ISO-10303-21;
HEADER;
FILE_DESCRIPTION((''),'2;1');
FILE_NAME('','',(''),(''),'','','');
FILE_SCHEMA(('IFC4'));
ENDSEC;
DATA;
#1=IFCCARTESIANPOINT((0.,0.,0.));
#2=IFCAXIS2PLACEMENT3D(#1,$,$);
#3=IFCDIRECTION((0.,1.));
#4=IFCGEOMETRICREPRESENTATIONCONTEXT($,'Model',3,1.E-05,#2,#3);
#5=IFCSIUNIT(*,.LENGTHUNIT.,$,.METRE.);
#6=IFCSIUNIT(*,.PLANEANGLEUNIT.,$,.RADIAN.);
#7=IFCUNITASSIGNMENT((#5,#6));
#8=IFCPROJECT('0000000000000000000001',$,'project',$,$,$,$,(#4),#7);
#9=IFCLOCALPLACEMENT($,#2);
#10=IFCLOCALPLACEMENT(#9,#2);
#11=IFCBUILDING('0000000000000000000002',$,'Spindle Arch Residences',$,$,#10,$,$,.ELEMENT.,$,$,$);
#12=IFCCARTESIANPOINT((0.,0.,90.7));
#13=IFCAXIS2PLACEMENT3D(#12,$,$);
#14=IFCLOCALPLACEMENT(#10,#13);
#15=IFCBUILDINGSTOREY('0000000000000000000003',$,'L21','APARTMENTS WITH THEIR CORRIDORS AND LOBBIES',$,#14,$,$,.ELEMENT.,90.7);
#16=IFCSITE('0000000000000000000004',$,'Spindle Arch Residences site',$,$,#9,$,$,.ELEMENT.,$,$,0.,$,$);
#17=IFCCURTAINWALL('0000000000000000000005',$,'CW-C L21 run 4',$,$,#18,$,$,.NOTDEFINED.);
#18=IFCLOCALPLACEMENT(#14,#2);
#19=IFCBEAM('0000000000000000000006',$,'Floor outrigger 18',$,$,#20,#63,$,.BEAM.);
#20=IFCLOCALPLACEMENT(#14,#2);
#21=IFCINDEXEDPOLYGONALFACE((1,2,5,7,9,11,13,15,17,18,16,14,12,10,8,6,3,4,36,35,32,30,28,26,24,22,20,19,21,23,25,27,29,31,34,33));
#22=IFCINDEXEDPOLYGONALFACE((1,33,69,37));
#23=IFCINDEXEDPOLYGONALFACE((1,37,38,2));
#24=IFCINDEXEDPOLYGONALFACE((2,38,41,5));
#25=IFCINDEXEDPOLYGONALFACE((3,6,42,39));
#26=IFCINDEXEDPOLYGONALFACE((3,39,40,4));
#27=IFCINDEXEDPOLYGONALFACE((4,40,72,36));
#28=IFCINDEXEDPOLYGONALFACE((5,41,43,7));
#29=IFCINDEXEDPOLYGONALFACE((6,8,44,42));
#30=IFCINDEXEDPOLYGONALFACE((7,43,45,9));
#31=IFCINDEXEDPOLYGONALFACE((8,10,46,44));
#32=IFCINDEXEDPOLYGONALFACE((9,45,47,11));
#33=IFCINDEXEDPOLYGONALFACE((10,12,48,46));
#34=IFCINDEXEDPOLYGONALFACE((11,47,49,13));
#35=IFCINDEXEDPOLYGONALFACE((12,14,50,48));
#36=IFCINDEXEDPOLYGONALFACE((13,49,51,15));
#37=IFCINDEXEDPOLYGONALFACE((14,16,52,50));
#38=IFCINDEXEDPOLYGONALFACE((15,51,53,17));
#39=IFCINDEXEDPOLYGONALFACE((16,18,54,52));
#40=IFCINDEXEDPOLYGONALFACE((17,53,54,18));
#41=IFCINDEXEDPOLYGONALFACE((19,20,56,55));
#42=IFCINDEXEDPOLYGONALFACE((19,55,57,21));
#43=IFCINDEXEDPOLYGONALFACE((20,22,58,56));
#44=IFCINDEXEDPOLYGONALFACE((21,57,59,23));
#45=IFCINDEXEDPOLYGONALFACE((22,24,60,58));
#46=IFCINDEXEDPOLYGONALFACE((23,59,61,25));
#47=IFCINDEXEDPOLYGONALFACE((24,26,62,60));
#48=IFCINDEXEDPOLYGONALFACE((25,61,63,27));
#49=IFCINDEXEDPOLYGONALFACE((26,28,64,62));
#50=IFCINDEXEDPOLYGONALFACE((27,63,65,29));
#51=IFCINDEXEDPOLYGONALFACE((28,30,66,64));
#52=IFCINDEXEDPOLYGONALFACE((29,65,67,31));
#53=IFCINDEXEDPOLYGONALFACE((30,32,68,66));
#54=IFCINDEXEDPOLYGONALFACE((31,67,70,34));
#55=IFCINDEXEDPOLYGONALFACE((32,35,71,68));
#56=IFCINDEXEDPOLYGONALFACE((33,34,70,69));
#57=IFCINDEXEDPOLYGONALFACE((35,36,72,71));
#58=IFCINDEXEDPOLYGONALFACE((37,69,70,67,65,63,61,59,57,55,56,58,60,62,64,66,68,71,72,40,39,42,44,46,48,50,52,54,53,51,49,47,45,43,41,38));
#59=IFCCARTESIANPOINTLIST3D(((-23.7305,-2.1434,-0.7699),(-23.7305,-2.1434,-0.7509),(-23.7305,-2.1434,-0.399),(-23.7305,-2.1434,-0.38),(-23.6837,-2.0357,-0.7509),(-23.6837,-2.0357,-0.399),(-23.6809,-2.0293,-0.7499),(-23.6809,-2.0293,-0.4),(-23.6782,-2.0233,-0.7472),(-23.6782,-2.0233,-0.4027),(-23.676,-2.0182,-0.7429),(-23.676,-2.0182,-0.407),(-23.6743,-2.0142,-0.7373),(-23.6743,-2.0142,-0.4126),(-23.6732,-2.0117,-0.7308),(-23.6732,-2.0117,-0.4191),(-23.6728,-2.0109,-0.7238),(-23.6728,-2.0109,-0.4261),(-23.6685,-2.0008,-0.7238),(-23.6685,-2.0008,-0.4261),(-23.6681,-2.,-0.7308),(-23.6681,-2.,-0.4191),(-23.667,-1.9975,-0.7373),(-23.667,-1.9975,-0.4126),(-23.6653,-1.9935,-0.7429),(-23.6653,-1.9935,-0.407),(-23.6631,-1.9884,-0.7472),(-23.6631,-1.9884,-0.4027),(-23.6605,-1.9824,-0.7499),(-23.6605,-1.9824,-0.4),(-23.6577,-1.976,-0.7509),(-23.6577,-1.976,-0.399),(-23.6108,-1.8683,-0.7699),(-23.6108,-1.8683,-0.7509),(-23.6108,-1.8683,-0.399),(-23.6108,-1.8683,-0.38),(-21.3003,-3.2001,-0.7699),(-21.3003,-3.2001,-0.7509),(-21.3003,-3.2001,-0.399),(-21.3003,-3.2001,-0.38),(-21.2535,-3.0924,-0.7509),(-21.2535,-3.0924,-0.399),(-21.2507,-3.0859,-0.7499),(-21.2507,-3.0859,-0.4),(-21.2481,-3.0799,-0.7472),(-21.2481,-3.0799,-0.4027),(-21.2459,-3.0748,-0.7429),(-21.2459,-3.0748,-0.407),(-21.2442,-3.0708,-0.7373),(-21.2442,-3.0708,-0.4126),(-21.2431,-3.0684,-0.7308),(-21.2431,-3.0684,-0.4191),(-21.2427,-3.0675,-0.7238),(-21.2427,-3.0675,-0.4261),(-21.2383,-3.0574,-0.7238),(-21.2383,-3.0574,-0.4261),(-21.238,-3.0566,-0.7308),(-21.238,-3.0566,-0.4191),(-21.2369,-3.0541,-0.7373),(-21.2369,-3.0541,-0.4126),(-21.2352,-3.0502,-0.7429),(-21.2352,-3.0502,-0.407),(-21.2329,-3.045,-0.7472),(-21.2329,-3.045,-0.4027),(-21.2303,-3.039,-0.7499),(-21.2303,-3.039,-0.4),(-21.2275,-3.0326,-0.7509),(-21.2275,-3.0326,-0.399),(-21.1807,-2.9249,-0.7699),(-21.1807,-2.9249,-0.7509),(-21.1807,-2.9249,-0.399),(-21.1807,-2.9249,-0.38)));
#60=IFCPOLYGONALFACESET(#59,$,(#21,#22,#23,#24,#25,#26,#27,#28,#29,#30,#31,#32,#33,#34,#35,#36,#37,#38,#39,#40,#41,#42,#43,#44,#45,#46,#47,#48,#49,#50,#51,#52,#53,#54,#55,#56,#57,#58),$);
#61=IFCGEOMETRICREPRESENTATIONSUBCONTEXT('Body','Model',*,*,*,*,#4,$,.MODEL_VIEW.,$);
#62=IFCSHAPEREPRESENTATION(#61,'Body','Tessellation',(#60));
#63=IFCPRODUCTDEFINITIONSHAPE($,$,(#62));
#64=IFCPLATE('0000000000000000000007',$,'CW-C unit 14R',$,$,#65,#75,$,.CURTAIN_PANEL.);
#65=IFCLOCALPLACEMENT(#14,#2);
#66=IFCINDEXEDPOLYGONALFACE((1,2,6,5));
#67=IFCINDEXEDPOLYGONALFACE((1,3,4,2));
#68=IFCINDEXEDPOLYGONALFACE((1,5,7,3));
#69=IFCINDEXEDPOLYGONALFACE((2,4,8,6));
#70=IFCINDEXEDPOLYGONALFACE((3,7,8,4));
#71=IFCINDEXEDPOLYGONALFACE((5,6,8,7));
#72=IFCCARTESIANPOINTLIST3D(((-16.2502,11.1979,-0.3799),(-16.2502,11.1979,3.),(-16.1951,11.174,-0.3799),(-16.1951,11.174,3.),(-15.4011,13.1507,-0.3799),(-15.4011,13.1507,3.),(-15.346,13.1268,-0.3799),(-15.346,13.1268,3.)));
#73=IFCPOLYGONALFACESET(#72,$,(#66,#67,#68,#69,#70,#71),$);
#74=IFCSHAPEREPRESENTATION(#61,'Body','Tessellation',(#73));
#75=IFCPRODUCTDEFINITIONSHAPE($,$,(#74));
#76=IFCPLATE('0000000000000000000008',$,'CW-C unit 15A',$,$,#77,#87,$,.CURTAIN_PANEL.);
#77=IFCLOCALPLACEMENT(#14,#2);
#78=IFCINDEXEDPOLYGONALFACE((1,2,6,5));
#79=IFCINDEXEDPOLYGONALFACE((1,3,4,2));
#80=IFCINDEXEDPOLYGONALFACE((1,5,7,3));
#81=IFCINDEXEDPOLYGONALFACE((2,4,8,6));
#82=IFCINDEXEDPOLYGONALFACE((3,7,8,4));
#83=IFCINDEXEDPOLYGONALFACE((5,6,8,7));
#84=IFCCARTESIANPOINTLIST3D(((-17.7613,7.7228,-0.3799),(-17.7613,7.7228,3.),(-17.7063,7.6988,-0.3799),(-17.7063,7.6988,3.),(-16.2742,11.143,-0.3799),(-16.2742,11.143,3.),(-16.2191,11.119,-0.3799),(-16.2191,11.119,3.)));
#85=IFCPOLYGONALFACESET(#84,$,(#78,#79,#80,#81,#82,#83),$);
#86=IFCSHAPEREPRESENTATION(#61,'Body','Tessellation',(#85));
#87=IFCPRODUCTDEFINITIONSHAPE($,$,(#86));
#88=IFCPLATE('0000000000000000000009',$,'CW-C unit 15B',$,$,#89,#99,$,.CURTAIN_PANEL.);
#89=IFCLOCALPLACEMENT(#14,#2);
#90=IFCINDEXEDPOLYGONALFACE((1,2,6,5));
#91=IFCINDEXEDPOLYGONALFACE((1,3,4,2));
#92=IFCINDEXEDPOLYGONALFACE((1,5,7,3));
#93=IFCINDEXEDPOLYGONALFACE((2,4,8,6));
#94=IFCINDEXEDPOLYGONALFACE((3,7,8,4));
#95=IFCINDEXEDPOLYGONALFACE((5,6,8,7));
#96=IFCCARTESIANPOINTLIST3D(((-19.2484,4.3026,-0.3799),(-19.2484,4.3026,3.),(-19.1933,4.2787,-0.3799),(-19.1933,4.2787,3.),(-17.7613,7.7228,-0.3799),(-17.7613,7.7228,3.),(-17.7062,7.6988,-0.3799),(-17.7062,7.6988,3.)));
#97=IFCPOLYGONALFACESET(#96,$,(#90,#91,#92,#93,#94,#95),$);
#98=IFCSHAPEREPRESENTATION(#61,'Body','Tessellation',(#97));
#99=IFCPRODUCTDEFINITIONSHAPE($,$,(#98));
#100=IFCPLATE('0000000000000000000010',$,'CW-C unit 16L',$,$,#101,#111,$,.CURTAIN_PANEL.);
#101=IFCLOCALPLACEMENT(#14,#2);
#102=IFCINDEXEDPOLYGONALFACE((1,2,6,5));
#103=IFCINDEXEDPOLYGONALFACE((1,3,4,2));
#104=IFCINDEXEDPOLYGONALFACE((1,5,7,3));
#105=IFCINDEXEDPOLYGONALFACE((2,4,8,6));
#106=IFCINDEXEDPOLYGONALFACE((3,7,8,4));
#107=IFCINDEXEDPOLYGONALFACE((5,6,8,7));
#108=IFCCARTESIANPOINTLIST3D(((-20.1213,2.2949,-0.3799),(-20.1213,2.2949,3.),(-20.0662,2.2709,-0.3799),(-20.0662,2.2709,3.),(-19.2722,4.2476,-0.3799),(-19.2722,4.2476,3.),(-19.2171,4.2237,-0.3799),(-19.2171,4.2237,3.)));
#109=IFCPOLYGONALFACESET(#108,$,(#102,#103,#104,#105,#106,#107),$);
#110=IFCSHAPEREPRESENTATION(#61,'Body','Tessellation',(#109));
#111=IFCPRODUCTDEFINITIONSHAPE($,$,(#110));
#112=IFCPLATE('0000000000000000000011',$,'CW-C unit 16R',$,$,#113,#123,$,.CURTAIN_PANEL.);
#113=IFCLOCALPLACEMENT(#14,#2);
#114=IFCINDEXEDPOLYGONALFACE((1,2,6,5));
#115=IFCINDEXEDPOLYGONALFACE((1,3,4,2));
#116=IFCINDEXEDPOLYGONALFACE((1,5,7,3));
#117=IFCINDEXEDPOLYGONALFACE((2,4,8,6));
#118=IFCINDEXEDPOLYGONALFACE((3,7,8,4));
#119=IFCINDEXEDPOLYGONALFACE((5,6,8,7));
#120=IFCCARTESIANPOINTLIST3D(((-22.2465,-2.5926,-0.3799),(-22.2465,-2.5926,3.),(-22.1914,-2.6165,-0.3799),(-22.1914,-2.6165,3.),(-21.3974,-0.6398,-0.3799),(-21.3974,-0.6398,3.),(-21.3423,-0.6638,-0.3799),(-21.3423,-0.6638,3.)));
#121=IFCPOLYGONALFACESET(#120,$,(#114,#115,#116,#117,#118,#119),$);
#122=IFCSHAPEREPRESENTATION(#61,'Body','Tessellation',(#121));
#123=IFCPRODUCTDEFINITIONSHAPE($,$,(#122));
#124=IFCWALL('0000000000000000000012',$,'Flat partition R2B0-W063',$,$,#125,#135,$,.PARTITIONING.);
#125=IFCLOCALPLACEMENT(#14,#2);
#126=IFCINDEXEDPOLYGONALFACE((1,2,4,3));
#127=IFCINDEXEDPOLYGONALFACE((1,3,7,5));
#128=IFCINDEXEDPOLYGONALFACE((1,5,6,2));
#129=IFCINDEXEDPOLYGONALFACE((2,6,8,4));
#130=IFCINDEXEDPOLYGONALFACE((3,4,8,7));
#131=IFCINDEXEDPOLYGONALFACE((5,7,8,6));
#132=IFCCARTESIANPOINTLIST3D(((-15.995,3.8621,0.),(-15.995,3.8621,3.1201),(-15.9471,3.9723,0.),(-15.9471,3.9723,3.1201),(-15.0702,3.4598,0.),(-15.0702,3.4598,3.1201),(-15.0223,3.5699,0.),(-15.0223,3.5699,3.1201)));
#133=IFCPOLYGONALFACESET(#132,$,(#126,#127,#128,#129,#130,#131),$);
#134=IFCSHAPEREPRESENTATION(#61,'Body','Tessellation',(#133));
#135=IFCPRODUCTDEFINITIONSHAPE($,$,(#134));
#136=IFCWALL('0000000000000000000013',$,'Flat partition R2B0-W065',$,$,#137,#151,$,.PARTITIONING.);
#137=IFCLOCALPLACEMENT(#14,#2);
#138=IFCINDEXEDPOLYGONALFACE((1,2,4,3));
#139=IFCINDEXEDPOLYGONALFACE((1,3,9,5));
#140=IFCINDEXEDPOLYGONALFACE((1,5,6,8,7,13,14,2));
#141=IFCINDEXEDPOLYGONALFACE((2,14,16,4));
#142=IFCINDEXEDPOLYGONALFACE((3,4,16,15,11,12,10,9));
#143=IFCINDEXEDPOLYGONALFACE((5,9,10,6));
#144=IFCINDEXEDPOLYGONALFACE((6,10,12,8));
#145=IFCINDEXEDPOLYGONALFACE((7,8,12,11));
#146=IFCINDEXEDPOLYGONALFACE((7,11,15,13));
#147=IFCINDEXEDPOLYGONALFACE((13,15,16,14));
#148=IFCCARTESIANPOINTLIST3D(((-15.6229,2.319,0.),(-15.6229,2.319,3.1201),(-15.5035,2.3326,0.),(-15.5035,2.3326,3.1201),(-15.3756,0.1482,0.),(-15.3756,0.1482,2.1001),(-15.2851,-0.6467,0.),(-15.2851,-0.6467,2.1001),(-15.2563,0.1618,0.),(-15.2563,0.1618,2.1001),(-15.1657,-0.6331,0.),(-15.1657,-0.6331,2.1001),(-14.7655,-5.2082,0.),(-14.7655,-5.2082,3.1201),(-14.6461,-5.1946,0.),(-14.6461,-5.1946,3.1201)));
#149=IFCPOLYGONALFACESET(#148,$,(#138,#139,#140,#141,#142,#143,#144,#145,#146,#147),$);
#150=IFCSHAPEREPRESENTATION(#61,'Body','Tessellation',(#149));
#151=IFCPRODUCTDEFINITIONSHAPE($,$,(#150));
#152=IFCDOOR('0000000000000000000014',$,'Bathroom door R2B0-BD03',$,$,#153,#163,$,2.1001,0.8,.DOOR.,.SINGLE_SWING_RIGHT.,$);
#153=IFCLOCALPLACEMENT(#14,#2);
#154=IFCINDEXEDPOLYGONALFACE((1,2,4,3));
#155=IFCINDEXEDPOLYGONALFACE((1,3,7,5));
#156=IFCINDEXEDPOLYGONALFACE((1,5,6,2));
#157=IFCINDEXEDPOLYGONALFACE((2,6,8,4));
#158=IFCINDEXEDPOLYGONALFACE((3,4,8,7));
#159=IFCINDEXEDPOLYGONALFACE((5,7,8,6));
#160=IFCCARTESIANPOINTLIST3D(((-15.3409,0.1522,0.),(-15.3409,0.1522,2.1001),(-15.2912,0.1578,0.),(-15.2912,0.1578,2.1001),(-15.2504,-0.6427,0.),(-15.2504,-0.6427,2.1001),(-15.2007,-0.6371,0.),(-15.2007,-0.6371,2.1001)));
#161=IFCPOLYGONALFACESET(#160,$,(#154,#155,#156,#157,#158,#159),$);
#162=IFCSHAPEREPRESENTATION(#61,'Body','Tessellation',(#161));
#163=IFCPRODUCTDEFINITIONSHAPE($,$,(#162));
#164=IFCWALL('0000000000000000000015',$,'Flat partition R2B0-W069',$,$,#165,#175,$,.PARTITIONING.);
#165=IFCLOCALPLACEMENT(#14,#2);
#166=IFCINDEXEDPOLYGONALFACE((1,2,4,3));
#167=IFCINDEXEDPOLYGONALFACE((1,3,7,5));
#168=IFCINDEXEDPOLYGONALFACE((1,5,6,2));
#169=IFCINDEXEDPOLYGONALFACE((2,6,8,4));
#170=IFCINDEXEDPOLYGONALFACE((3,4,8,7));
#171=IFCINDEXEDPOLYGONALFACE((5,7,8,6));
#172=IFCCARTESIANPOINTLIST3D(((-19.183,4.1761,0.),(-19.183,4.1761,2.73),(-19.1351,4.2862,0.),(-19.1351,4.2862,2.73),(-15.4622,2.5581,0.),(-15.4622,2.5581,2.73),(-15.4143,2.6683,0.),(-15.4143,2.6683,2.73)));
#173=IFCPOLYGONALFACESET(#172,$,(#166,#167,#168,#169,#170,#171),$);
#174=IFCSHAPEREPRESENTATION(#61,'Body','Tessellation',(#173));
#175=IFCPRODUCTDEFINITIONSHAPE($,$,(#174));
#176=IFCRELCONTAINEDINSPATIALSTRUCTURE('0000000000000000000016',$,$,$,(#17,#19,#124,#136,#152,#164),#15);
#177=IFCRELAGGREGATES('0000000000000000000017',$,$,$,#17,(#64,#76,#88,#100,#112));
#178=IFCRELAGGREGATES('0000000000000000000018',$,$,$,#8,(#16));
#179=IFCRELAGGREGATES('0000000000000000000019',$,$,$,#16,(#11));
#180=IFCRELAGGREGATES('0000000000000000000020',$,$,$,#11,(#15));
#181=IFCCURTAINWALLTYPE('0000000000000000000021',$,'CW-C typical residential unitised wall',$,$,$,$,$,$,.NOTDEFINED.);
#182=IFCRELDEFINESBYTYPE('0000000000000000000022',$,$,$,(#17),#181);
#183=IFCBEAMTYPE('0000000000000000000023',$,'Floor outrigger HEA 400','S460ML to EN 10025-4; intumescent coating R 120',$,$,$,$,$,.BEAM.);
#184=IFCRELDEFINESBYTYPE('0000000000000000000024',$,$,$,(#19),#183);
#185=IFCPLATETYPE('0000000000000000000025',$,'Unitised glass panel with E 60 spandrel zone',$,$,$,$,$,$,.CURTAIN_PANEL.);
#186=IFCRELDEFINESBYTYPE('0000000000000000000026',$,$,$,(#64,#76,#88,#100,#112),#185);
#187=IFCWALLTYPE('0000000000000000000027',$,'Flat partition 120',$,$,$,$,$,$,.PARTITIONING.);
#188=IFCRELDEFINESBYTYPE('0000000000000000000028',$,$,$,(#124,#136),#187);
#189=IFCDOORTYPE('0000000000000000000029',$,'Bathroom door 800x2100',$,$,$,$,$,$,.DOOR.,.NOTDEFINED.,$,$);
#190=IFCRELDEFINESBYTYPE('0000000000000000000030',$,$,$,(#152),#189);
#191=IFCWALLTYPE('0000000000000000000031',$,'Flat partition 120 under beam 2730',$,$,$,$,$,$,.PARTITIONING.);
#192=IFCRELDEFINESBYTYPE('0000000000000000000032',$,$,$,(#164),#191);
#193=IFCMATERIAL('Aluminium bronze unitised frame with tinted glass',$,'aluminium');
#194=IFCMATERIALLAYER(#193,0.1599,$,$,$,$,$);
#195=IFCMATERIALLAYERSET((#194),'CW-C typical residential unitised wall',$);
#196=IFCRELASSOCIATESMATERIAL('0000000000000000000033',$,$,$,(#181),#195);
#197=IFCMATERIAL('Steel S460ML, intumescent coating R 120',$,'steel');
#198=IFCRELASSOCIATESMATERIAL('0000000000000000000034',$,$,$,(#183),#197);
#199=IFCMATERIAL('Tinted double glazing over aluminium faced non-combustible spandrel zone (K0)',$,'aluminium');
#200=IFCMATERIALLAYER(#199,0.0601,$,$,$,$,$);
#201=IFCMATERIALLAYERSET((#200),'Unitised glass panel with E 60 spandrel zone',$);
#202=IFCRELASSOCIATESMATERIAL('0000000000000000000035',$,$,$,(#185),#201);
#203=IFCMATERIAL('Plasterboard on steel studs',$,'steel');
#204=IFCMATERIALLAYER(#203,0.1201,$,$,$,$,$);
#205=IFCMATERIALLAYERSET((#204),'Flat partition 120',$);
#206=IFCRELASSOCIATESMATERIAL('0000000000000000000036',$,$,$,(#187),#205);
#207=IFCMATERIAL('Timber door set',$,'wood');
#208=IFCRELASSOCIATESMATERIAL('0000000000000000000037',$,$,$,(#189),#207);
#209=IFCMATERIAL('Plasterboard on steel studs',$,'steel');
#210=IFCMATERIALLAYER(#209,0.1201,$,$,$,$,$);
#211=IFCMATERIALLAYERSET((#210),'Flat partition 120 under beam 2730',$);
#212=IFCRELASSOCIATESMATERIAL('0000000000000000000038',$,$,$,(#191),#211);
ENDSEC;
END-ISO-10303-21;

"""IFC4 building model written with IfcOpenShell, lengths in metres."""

from ifc_helpers import new_model, si_unit, direction, frame, frame_2d, origin, origin_2d, place, context, subcontext, project, spatial, rectangle, i_section, extrude, material, layer, layer_set, material_profile, profile_set, type_object, element, fill, aggregate, save


model = new_model("IFC4")

# Units and contexts
model_context = context("Model", 3, precision=1e-05, world=origin(), true_north=direction((0.0, 1.0)))
body_context = subcontext(model_context, "Body", "Model", "MODEL_VIEW")
ifc_project = project(units=[si_unit("LENGTHUNIT", "METRE"), si_unit("PLANEANGLEUNIT", "RADIAN")], contexts=[model_context])

# Site, building, storey
site_placement = place(None, origin())
site = spatial("IfcSite", under=ifc_project, at=site_placement, Name="Spindle Arch Residences site", CompositionType="ELEMENT", RefElevation=0.0)
building_placement = place(site_placement, origin())
building = spatial("IfcBuilding", under=site, at=building_placement, Name="Spindle Arch Residences", CompositionType="ELEMENT")
storey_placement = place(building_placement, frame((0.0, 0.0, 90.7)))
storey = spatial("IfcBuildingStorey", under=building, at=storey_placement, Name="L21", Description="APARTMENTS WITH THEIR CORRIDORS AND LOBBIES", CompositionType="ELEMENT", Elevation=90.7)

# Curtain wall
ifc_material_1 = material(Name="Aluminium bronze unitised frame with tinted glass", Category="aluminium")
ifc_layer_1 = layer(ifc_material_1, 0.1599)
ifc_layer_set_1 = layer_set([ifc_layer_1], Name="CW-C typical residential unitised wall")
curtain_wall_type = type_object("IfcCurtainWallType", Name="CW-C typical residential unitised wall", PredefinedType="NOTDEFINED", material=ifc_layer_set_1)
curtain_wall_placement = place(storey_placement, origin())
curtain_wall = element("IfcCurtainWall", 1, at=curtain_wall_placement, inside=storey, type_object=curtain_wall_type, Name="CW-C L21 run 4", PredefinedType="NOTDEFINED")

# Beam
ifc_material_2 = material(Name="Steel S460ML, intumescent coating R 120", Category="steel")
ifc_material_profile_1 = material_profile(ifc_material_2, i_section(OverallWidth=0.3, OverallDepth=0.3899, WebThickness=0.011, FlangeThickness=0.019, FilletRadius=0.0271, at=origin_2d()), Name="HEA 400")
ifc_profile_set_1 = profile_set([ifc_material_profile_1], Name="Steel S460ML, intumescent coating R 120")
beam_type_1 = type_object("IfcBeamType", Name="Floor outrigger HEA 400", Description="S460ML to EN 10025-4; intumescent coating R 120", PredefinedType="BEAM", material=ifc_profile_set_1)
beam_1_placement = place(storey_placement, frame((-23.6707, -2.0059, -0.575), z_axis=(0.917064, -0.39874, 0.0), x_axis=(0.39874, 0.917064, 0.0)))
element("IfcBeam", 2, at=beam_1_placement, inside=storey, type_object=beam_type_1, Name="Floor outrigger 18", PredefinedType="BEAM", context=body_context, shape_type="SweptSolid", body=[
    extrude(i_section(OverallWidth=0.3, OverallDepth=0.3899, WebThickness=0.011, FlangeThickness=0.019, FilletRadius=0.0271, at=origin_2d()), origin(), (0.0, 0.0, 1.0), 2.6499),
])

# Plates
ifc_material_3 = material(Name="Tinted double glazing over aluminium faced non-combustible spandrel zone (K0)", Category="aluminium")
ifc_layer_2 = layer(ifc_material_3, 0.0601)
ifc_layer_set_2 = layer_set([ifc_layer_2], Name="Unitised glass panel with E 60 spandrel zone")
plate_type = type_object("IfcPlateType", Name="Unitised glass panel with E 60 spandrel zone", PredefinedType="CURTAIN_PANEL", material=ifc_layer_set_2)
plate_1_placement = place(storey_placement, frame((-15.7981, 12.1624, -0.3799), z_axis=(0.0, 0.0, 1.0), x_axis=(-0.398749, -0.91706, 0.0)))
plate_1 = element("IfcPlate", 3, at=plate_1_placement, type_object=plate_type, Name="CW-C unit 14R", PredefinedType="CURTAIN_PANEL", context=body_context, shape_type="SweptSolid", body=[
    extrude(rectangle(XDim=2.1294, YDim=0.0601, at=origin_2d()), origin(), (0.0, 0.0, 1.0), 3.3799),
])
plate_2_placement = place(storey_placement, frame((-16.9902, 9.4209, -0.3799), z_axis=(0.0, 0.0, 1.0), x_axis=(-0.398749, -0.91706, 0.0)))
plate_2 = element("IfcPlate", 4, at=plate_2_placement, type_object=plate_type, Name="CW-C unit 15A", PredefinedType="CURTAIN_PANEL", context=body_context, shape_type="SweptSolid", body=[
    extrude(rectangle(XDim=3.7295, YDim=0.0601, at=origin_2d()), origin(), (0.0, 0.0, 1.0), 3.3799),
])
plate_3_placement = place(storey_placement, frame((-18.4773, 6.0007, -0.3799), z_axis=(0.0, 0.0, 1.0), x_axis=(-0.398749, -0.91706, 0.0)))
plate_3 = element("IfcPlate", 5, at=plate_3_placement, type_object=plate_type, Name="CW-C unit 15B", PredefinedType="CURTAIN_PANEL", context=body_context, shape_type="SweptSolid", body=[
    extrude(rectangle(XDim=3.7295, YDim=0.0601, at=origin_2d()), origin(), (0.0, 0.0, 1.0), 3.3799),
])
plate_4_placement = place(storey_placement, frame((-19.6692, 3.2593, -0.3799), z_axis=(0.0, 0.0, 1.0), x_axis=(-0.398749, -0.91706, 0.0)))
plate_4 = element("IfcPlate", 6, at=plate_4_placement, type_object=plate_type, Name="CW-C unit 16L", PredefinedType="CURTAIN_PANEL", context=body_context, shape_type="SweptSolid", body=[
    extrude(rectangle(XDim=2.1294, YDim=0.0601, at=origin_2d()), origin(), (0.0, 0.0, 1.0), 3.3799),
])
plate_5_placement = place(storey_placement, frame((-21.7944, -1.6282, -0.3799), z_axis=(0.0, 0.0, 1.0), x_axis=(-0.398749, -0.91706, 0.0)))
plate_5 = element("IfcPlate", 7, at=plate_5_placement, type_object=plate_type, Name="CW-C unit 16R", PredefinedType="CURTAIN_PANEL", context=body_context, shape_type="SweptSolid", body=[
    extrude(rectangle(XDim=2.1294, YDim=0.0601, at=origin_2d()), origin(), (0.0, 0.0, 1.0), 3.3799),
])
aggregate(curtain_wall, [plate_1, plate_2, plate_3, plate_4, plate_5])

# Wall
ifc_material_4 = material(Name="Plasterboard on steel studs", Category="steel")
ifc_layer_3 = layer(ifc_material_4, 0.1201)
ifc_layer_set_3 = layer_set([ifc_layer_3], Name="Flat partition 120")
wall_type_1 = type_object("IfcWallType", Name="Flat partition 120", PredefinedType="PARTITIONING", material=ifc_layer_set_3)
wall_1_placement = place(storey_placement, frame((-15.9712, 3.9172, 0.0), z_axis=(0.0, 0.0, 1.0), x_axis=(0.916978, -0.398939, 0.0)))
element("IfcWall", 8, at=wall_1_placement, inside=storey, type_object=wall_type_1, Name="Flat partition R2B0-W063", PredefinedType="PARTITIONING", context=body_context, shape_type="SweptSolid", body=[
    extrude(rectangle(XDim=1.0085, YDim=0.1201, at=frame_2d((0.5044, 0.0))), origin(), (0.0, 0.0, 1.0), 3.1201),
])

# Wall, opening, door
wall_2_placement = place(storey_placement, frame((-15.5632, 2.3259, 0.0), z_axis=(0.0, 0.0, 1.0), x_axis=(0.113176, -0.993575, 0.0)))
wall_2 = element("IfcWall", 9, at=wall_2_placement, inside=storey, type_object=wall_type_1, Name="Flat partition R2B0-W065", PredefinedType="PARTITIONING", context=body_context, shape_type="SweptSolid", body=[
    extrude(rectangle(XDim=7.5759, YDim=0.1201, at=frame_2d((3.7881, 0.0))), origin(), (0.0, 0.0, 1.0), 3.1201),
])
opening_1_placement = place(wall_2_placement, frame((2.1851, 0.0, 0.0)))
opening_1 = element("IfcOpeningElement", 10, at=opening_1_placement, cuts=wall_2, PredefinedType="OPENING", context=body_context, shape_type="SweptSolid", body=[
    extrude(rectangle(XDim=0.8, YDim=2.1001, at=frame_2d((0.3999, 1.05))), frame((0.0, 0.0701, 0.0), z_axis=(0.0, -1.0, 0.0), x_axis=(1.0, 0.0, 0.0)), (0.0, 0.0, 1.0), 0.1401),
])
ifc_material_5 = material(Name="Timber door set", Category="wood")
door_type_1 = type_object("IfcDoorType", Name="Bathroom door 800x2100", OperationType="NOTDEFINED", PredefinedType="DOOR", material=ifc_material_5)
door_1_placement = place(opening_1_placement, origin())
door_1 = element("IfcDoor", 11, at=door_1_placement, inside=storey, type_object=door_type_1, Name="Bathroom door R2B0-BD03", OperationType="SINGLE_SWING_RIGHT", OverallHeight=2.1001, OverallWidth=0.8, PredefinedType="DOOR", context=body_context, shape_type="SweptSolid", body=[
    extrude(rectangle(XDim=0.8, YDim=2.1001, at=frame_2d((0.3999, 1.05))), frame((0.0, 0.0249, 0.0), z_axis=(0.0, -1.0, 0.0), x_axis=(1.0, 0.0, 0.0)), (0.0, 0.0, 1.0), 0.05),
])
fill(opening_1, door_1)

# Wall
ifc_material_6 = material(Name="Plasterboard on steel studs", Category="steel")
ifc_layer_4 = layer(ifc_material_6, 0.1201)
ifc_layer_set_4 = layer_set([ifc_layer_4], Name="Flat partition 120 under beam 2730")
wall_type_2 = type_object("IfcWallType", Name="Flat partition 120 under beam 2730", PredefinedType="PARTITIONING", material=ifc_layer_set_4)
wall_3_placement = place(storey_placement, frame((-19.1592, 4.2312, 0.0), z_axis=(0.0, 0.0, 1.0), x_axis=(0.91705, -0.398772, 0.0)))
element("IfcWall", 12, at=wall_3_placement, inside=storey, type_object=wall_type_2, Name="Flat partition R2B0-W069", PredefinedType="PARTITIONING", context=body_context, shape_type="SweptSolid", body=[
    extrude(rectangle(XDim=4.0574, YDim=0.1201, at=frame_2d((2.0288, 0.0))), origin(), (0.0, 0.0, 1.0), 2.73),
])

save(model, "model.ifc")
